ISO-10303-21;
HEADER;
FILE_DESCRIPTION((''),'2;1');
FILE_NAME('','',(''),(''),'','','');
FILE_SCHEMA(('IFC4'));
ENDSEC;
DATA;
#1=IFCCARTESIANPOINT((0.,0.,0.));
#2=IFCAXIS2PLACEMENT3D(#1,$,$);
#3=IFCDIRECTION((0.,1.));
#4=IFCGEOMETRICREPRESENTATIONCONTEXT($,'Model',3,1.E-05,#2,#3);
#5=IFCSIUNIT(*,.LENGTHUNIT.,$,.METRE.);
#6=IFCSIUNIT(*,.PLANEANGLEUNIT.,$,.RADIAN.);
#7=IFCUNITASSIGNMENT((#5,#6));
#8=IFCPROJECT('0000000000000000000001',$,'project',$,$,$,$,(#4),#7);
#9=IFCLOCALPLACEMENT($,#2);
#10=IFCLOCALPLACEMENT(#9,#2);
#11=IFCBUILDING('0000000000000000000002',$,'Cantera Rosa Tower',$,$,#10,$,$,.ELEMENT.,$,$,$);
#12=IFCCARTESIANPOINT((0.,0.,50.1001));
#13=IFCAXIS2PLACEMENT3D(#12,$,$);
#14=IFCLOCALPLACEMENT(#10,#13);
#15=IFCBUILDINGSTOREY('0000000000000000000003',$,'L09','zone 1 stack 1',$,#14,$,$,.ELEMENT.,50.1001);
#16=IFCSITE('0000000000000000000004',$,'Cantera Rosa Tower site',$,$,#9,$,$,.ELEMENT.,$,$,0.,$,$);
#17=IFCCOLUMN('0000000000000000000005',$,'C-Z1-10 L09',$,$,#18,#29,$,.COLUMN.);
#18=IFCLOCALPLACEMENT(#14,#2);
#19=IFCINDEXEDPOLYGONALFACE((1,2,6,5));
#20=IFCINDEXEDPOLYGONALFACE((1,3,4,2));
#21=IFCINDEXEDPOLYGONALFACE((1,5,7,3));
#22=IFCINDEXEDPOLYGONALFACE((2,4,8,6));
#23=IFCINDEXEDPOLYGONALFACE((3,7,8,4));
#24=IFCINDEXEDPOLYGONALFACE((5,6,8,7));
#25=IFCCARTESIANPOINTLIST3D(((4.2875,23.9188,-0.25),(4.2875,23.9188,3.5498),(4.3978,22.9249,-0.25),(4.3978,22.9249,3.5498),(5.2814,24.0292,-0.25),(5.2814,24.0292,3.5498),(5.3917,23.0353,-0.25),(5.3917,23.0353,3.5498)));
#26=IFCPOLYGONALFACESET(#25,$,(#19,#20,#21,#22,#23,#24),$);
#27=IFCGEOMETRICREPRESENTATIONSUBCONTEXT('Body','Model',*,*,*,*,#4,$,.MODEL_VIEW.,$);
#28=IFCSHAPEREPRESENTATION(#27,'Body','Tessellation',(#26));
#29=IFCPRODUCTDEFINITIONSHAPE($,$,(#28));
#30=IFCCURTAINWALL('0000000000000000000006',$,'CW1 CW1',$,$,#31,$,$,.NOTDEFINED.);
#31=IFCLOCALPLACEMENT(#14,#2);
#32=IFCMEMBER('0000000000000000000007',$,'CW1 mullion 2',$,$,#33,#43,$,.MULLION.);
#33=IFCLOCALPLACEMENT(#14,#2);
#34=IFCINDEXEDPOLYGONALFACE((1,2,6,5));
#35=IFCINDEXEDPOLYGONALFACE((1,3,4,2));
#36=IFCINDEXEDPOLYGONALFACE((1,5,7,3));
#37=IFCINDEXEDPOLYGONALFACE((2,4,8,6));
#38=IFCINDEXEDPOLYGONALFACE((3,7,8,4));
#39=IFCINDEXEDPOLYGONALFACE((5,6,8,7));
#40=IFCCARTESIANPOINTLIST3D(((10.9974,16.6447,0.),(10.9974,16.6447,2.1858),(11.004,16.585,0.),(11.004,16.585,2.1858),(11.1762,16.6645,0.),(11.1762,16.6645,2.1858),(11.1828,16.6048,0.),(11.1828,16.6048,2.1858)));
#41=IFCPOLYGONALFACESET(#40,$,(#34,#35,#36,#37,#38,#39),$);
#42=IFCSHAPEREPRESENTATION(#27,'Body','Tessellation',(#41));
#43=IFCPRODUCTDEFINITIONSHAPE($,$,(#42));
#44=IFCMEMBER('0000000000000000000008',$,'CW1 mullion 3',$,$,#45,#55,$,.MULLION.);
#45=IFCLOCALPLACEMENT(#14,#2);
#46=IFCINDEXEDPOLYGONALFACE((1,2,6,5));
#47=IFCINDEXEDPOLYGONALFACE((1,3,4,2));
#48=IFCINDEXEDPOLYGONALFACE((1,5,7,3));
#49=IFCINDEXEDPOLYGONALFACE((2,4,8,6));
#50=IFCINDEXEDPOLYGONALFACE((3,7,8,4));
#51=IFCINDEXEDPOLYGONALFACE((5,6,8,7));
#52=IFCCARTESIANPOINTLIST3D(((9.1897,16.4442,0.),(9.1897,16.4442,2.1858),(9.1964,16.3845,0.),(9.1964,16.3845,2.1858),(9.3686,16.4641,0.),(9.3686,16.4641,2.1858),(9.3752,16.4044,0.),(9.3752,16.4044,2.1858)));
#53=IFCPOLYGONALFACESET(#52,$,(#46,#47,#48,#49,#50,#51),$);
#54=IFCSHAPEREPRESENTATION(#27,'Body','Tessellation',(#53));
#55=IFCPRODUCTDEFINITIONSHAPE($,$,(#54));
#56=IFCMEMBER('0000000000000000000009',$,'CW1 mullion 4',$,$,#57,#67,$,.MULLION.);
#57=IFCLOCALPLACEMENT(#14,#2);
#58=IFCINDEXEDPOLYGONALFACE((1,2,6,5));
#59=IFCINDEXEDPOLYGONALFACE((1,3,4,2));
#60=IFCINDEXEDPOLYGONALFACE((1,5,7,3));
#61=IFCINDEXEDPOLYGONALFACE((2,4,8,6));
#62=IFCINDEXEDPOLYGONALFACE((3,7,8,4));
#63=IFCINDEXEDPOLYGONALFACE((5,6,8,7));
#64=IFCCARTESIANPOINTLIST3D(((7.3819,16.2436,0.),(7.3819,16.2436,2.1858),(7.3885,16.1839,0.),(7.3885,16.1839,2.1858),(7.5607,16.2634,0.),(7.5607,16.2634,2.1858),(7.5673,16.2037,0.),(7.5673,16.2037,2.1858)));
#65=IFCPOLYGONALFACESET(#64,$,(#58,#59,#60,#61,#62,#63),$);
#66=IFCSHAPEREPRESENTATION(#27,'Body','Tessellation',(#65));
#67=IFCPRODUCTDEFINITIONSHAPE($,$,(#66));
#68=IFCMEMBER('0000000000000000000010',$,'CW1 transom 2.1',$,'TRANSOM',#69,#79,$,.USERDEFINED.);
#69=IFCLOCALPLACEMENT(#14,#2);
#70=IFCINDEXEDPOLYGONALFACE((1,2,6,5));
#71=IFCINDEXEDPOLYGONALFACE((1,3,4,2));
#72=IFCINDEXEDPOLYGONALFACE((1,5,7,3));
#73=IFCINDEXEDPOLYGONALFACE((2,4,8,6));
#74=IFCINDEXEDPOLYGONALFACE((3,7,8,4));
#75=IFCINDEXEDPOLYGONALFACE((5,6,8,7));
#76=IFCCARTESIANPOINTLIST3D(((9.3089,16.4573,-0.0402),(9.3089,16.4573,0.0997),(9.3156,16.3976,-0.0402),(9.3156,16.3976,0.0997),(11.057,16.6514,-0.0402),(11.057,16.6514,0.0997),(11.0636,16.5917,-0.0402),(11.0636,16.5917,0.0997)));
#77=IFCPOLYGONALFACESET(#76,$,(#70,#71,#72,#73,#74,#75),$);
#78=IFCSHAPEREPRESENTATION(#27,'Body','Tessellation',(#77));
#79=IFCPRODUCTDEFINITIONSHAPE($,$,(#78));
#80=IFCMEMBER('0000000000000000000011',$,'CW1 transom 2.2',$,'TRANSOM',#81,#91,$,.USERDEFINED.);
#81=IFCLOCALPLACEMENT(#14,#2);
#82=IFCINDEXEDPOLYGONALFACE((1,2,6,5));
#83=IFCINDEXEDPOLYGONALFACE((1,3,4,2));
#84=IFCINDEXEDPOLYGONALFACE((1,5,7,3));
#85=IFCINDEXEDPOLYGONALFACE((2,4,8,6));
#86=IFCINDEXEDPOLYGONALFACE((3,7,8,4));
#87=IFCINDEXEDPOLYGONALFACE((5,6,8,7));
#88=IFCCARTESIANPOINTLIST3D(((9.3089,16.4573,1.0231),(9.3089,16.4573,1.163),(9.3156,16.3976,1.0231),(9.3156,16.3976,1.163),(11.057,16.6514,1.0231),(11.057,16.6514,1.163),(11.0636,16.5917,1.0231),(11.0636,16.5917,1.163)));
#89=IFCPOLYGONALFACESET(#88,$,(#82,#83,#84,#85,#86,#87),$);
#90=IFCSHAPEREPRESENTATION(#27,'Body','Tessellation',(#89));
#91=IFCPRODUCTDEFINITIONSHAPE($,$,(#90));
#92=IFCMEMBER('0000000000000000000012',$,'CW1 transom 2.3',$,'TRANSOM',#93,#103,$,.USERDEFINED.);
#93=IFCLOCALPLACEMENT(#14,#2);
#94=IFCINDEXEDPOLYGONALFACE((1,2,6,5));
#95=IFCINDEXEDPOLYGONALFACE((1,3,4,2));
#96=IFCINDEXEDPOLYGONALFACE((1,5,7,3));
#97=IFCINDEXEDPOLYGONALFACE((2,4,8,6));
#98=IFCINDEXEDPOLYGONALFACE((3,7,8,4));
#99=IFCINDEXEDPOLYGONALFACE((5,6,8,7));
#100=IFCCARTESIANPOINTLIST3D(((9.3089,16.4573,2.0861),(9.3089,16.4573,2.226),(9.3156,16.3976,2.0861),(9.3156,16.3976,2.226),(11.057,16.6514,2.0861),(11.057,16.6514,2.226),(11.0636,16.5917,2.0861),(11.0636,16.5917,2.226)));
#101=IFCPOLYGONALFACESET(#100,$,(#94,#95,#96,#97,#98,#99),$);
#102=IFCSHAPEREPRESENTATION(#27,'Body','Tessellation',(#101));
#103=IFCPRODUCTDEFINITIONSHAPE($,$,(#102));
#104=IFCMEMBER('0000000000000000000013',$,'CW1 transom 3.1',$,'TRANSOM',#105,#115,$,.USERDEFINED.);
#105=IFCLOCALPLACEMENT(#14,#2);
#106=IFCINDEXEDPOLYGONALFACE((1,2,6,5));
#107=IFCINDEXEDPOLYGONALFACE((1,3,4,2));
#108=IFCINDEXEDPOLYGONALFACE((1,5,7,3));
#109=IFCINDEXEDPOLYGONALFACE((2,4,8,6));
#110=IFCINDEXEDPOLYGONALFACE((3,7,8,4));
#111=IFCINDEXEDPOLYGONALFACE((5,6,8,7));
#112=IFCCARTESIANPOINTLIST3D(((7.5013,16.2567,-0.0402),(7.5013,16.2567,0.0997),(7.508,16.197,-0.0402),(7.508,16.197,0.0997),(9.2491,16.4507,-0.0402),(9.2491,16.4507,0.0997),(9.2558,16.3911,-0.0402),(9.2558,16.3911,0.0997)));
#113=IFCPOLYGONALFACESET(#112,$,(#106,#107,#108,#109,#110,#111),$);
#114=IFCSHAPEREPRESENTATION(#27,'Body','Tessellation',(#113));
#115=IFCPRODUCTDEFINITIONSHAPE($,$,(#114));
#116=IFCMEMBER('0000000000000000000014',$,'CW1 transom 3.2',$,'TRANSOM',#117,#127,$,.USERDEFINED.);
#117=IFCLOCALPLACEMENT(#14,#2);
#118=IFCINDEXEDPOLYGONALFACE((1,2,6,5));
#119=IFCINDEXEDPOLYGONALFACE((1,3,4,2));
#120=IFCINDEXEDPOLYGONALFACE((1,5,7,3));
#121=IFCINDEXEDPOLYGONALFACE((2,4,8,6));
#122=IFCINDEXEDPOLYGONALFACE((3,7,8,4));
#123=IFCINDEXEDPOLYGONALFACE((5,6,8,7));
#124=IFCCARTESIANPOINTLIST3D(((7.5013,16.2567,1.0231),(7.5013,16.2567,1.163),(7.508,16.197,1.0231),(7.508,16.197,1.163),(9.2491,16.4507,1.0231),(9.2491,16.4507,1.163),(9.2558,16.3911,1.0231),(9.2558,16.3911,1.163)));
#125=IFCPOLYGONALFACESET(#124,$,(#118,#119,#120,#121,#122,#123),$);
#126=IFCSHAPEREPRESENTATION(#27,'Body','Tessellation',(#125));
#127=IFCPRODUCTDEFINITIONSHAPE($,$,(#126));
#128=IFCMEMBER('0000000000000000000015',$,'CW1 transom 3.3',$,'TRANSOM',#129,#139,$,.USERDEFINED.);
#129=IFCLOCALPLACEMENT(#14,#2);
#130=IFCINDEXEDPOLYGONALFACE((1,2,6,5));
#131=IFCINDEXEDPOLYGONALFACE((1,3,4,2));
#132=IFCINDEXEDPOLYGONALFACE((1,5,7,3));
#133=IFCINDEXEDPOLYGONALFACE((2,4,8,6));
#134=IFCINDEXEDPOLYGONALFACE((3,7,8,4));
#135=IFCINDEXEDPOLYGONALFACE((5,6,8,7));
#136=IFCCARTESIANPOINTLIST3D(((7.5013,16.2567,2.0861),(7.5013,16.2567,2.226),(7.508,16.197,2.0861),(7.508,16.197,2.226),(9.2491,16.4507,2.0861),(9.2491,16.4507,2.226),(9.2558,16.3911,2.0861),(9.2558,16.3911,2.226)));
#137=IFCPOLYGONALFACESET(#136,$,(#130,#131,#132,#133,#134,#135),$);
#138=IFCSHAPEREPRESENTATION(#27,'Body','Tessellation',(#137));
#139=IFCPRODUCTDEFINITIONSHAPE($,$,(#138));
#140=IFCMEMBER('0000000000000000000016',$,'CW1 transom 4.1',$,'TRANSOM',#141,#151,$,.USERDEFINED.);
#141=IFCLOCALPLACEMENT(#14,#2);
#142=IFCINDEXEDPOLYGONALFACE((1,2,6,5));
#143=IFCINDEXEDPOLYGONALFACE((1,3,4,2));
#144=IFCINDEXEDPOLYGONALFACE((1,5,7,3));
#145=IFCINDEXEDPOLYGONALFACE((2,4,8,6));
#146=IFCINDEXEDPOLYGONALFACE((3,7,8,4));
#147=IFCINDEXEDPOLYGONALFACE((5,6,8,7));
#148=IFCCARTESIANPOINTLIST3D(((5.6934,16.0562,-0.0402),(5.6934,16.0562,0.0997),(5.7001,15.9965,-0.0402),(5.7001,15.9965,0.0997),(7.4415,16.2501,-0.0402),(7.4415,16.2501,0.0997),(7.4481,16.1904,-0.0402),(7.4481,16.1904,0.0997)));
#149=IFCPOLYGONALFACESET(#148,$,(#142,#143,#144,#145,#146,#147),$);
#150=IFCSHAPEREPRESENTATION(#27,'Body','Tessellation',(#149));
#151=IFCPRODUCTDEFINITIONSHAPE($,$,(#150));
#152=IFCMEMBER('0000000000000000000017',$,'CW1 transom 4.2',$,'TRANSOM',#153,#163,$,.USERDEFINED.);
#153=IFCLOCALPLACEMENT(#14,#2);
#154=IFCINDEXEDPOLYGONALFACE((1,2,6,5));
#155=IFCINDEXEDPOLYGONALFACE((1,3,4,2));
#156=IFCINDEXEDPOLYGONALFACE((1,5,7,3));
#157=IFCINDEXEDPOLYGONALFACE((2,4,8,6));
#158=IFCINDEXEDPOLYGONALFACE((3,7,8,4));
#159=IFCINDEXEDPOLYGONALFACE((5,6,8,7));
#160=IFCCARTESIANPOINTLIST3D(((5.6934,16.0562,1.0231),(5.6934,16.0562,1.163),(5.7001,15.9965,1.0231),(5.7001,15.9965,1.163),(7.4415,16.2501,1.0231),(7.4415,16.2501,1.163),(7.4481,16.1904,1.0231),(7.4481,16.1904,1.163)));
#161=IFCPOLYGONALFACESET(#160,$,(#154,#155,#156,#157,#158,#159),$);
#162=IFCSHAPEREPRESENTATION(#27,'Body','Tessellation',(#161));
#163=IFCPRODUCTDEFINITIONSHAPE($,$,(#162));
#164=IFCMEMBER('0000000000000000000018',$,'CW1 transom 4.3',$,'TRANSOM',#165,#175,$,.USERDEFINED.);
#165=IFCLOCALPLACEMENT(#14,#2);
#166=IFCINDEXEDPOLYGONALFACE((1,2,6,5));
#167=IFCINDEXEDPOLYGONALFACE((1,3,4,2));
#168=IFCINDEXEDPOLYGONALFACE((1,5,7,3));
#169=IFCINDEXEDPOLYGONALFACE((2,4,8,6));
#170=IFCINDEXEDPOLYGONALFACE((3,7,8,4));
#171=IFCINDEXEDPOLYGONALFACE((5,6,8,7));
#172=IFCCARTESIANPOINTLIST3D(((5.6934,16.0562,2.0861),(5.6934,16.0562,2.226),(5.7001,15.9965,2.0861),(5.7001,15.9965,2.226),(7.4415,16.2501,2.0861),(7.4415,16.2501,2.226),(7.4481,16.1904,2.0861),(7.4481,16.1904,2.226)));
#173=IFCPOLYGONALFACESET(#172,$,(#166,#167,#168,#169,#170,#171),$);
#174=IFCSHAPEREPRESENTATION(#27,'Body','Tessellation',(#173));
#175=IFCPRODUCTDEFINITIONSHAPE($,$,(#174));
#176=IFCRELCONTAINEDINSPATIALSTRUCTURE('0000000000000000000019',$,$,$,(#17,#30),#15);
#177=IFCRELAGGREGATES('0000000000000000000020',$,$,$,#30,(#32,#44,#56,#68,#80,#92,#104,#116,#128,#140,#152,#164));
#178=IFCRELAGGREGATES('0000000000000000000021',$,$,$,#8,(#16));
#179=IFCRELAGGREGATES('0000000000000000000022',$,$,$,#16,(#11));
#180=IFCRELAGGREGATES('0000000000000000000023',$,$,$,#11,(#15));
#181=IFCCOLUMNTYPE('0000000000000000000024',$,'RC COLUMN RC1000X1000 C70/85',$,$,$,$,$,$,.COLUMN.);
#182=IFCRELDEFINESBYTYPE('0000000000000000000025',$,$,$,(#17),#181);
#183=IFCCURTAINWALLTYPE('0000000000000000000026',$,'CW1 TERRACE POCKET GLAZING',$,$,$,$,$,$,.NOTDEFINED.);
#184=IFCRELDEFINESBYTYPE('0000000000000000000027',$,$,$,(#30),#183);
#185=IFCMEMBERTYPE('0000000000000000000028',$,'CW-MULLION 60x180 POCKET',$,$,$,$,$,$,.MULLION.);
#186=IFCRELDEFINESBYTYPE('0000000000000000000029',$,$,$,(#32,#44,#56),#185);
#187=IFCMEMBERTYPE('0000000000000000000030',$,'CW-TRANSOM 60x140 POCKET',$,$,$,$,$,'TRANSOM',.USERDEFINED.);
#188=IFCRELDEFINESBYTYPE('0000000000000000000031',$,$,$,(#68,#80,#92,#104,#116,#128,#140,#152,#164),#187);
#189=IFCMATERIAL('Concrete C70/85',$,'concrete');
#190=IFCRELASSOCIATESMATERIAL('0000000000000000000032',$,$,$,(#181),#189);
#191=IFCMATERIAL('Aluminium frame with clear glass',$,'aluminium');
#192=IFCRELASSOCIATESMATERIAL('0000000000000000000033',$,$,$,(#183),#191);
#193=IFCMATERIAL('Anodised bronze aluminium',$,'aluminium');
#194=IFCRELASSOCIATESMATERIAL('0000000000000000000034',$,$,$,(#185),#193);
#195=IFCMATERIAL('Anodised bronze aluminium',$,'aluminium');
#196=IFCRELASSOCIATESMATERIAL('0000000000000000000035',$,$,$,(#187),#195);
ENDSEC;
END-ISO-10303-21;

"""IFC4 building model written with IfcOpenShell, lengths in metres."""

from ifc_helpers import new_model, si_unit, direction, frame, origin, origin_2d, place, context, subcontext, project, spatial, rectangle, extrude, material, material_profile, profile_set, type_object, element, aggregate, save


model = new_model("IFC4")

# Units and contexts
model_context = context("Model", 3, precision=1e-05, world=origin(), true_north=direction((0.0, 1.0)))
body_context = subcontext(model_context, "Body", "Model", "MODEL_VIEW")
ifc_project = project(units=[si_unit("LENGTHUNIT", "METRE"), si_unit("PLANEANGLEUNIT", "RADIAN")], contexts=[model_context])

# Site, building, storey
site_placement = place(None, origin())
site = spatial("IfcSite", under=ifc_project, at=site_placement, Name="Cantera Rosa Tower site", CompositionType="ELEMENT", RefElevation=0.0)
building_placement = place(site_placement, origin())
building = spatial("IfcBuilding", under=site, at=building_placement, Name="Cantera Rosa Tower", CompositionType="ELEMENT")
storey_placement = place(building_placement, frame((0.0, 0.0, 50.1001)))
storey = spatial("IfcBuildingStorey", under=building, at=storey_placement, Name="L09", Description="zone 1 stack 1", CompositionType="ELEMENT", Elevation=50.1001)

# Column
ifc_material_1 = material(Name="Concrete C70/85", Category="concrete")
ifc_material_profile_1 = material_profile(ifc_material_1, rectangle(XDim=1.0, YDim=1.0, at=origin_2d()), Name="RC COLUMN RC1000X1000 C70/85")
ifc_profile_set_1 = profile_set([ifc_material_profile_1], Name="Concrete C70/85")
column_type = type_object("IfcColumnType", Name="RC COLUMN RC1000X1000 C70/85", PredefinedType="COLUMN", material=ifc_profile_set_1)
column_placement = place(storey_placement, frame((4.8396, 23.4771, -0.25), z_axis=(0.0, 0.0, 1.0), x_axis=(0.993897, 0.110313, 0.0)))
element("IfcColumn", 1, at=column_placement, inside=storey, type_object=column_type, Name="C-Z1-10 L09", PredefinedType="COLUMN", context=body_context, shape_type="SweptSolid", body=[
    extrude(rectangle(XDim=1.0, YDim=1.0, at=origin_2d()), origin(), (0.0, 0.0, 1.0), 3.7998),
])

# Curtain wall, members
ifc_material_2 = material(Name="Aluminium frame with clear glass", Category="aluminium")
curtain_wall_type = type_object("IfcCurtainWallType", Name="CW1 TERRACE POCKET GLAZING", PredefinedType="NOTDEFINED", material=ifc_material_2)
curtain_wall_placement = place(storey_placement, origin())
curtain_wall = element("IfcCurtainWall", 2, at=curtain_wall_placement, inside=storey, type_object=curtain_wall_type, Name="CW1 CW1", PredefinedType="NOTDEFINED")
ifc_material_3 = material(Name="Anodised bronze aluminium", Category="aluminium")
ifc_material_profile_2 = material_profile(ifc_material_3, rectangle(XDim=0.0601, YDim=0.1799, at=origin_2d()), Name="CW-MULLION 60x180 POCKET")
ifc_profile_set_2 = profile_set([ifc_material_profile_2], Name="Anodised bronze aluminium")
member_type_1 = type_object("IfcMemberType", Name="CW-MULLION 60x180 POCKET", PredefinedType="MULLION", material=ifc_profile_set_2)
member_1_placement = place(storey_placement, frame((11.0901, 16.6248, 0.0), z_axis=(0.0, 0.0, 1.0), x_axis=(0.110313, -0.993897, 0.0)))
member_1 = element("IfcMember", 3, at=member_1_placement, type_object=member_type_1, Name="CW1 mullion 2", PredefinedType="MULLION", context=body_context, shape_type="SweptSolid", body=[
    extrude(rectangle(XDim=0.0601, YDim=0.1799, at=origin_2d()), origin(), (0.0, 0.0, 1.0), 2.1858),
])
member_2_placement = place(storey_placement, frame((9.2825, 16.4243, 0.0), z_axis=(0.0, 0.0, 1.0), x_axis=(0.110313, -0.993897, 0.0)))
member_2 = element("IfcMember", 4, at=member_2_placement, type_object=member_type_1, Name="CW1 mullion 3", PredefinedType="MULLION", context=body_context, shape_type="SweptSolid", body=[
    extrude(rectangle(XDim=0.0601, YDim=0.1799, at=origin_2d()), origin(), (0.0, 0.0, 1.0), 2.1858),
])
member_3_placement = place(storey_placement, frame((7.4746, 16.2236, 0.0), z_axis=(0.0, 0.0, 1.0), x_axis=(0.110313, -0.993897, 0.0)))
member_3 = element("IfcMember", 5, at=member_3_placement, type_object=member_type_1, Name="CW1 mullion 4", PredefinedType="MULLION", context=body_context, shape_type="SweptSolid", body=[
    extrude(rectangle(XDim=0.0601, YDim=0.1799, at=origin_2d()), origin(), (0.0, 0.0, 1.0), 2.1858),
])
ifc_material_4 = material(Name="Anodised bronze aluminium", Category="aluminium")
ifc_material_profile_3 = material_profile(ifc_material_4, rectangle(XDim=0.0601, YDim=0.1399, at=origin_2d()), Name="CW-TRANSOM 60x140 POCKET")
ifc_profile_set_3 = profile_set([ifc_material_profile_3], Name="Anodised bronze aluminium")
member_type_2 = type_object("IfcMemberType", Name="CW-TRANSOM 60x140 POCKET", ElementType="TRANSOM", PredefinedType="USERDEFINED", material=ifc_profile_set_3)
member_4_placement = place(storey_placement, frame((11.0603, 16.6216, 0.0298), z_axis=(-0.993892, -0.110355, 0.0), x_axis=(0.110355, -0.993892, 0.0)))
member_4 = element("IfcMember", 6, at=member_4_placement, type_object=member_type_2, Name="CW1 transom 2.1", ObjectType="TRANSOM", PredefinedType="USERDEFINED", context=body_context, shape_type="SweptSolid", body=[
    extrude(rectangle(XDim=0.0601, YDim=0.1399, at=origin_2d()), origin(), (0.0, 0.0, 1.0), 1.7588),
])
member_5_placement = place(storey_placement, frame((11.0603, 16.6216, 1.093), z_axis=(-0.993892, -0.110355, 0.0), x_axis=(0.110355, -0.993892, 0.0)))
member_5 = element("IfcMember", 7, at=member_5_placement, type_object=member_type_2, Name="CW1 transom 2.2", ObjectType="TRANSOM", PredefinedType="USERDEFINED", context=body_context, shape_type="SweptSolid", body=[
    extrude(rectangle(XDim=0.0601, YDim=0.1399, at=origin_2d()), origin(), (0.0, 0.0, 1.0), 1.7588),
])
member_6_placement = place(storey_placement, frame((11.0603, 16.6216, 2.156), z_axis=(-0.993892, -0.110355, 0.0), x_axis=(0.110355, -0.993892, 0.0)))
member_6 = element("IfcMember", 8, at=member_6_placement, type_object=member_type_2, Name="CW1 transom 2.3", ObjectType="TRANSOM", PredefinedType="USERDEFINED", context=body_context, shape_type="SweptSolid", body=[
    extrude(rectangle(XDim=0.0601, YDim=0.1399, at=origin_2d()), origin(), (0.0, 0.0, 1.0), 1.7588),
])
member_7_placement = place(storey_placement, frame((9.2524, 16.4209, 0.0298), z_axis=(-0.993891, -0.110371, 0.0), x_axis=(0.110371, -0.993891, 0.0)))
member_7 = element("IfcMember", 9, at=member_7_placement, type_object=member_type_2, Name="CW1 transom 3.1", ObjectType="TRANSOM", PredefinedType="USERDEFINED", context=body_context, shape_type="SweptSolid", body=[
    extrude(rectangle(XDim=0.0601, YDim=0.1399, at=origin_2d()), origin(), (0.0, 0.0, 1.0), 1.7585),
])
member_8_placement = place(storey_placement, frame((9.2524, 16.4209, 1.093), z_axis=(-0.993891, -0.110371, 0.0), x_axis=(0.110371, -0.993891, 0.0)))
member_8 = element("IfcMember", 10, at=member_8_placement, type_object=member_type_2, Name="CW1 transom 3.2", ObjectType="TRANSOM", PredefinedType="USERDEFINED", context=body_context, shape_type="SweptSolid", body=[
    extrude(rectangle(XDim=0.0601, YDim=0.1399, at=origin_2d()), origin(), (0.0, 0.0, 1.0), 1.7585),
])
member_9_placement = place(storey_placement, frame((9.2524, 16.4209, 2.156), z_axis=(-0.993891, -0.110371, 0.0), x_axis=(0.110371, -0.993891, 0.0)))
member_9 = element("IfcMember", 11, at=member_9_placement, type_object=member_type_2, Name="CW1 transom 3.3", ObjectType="TRANSOM", PredefinedType="USERDEFINED", context=body_context, shape_type="SweptSolid", body=[
    extrude(rectangle(XDim=0.0601, YDim=0.1399, at=origin_2d()), origin(), (0.0, 0.0, 1.0), 1.7585),
])
member_10_placement = place(storey_placement, frame((7.4448, 16.2202, 0.0298), z_axis=(-0.993907, -0.110218, 0.0), x_axis=(0.110218, -0.993907, 0.0)))
member_10 = element("IfcMember", 12, at=member_10_placement, type_object=member_type_2, Name="CW1 transom 4.1", ObjectType="TRANSOM", PredefinedType="USERDEFINED", context=body_context, shape_type="SweptSolid", body=[
    extrude(rectangle(XDim=0.0601, YDim=0.1399, at=origin_2d()), origin(), (0.0, 0.0, 1.0), 1.7588),
])
member_11_placement = place(storey_placement, frame((7.4448, 16.2202, 1.093), z_axis=(-0.993907, -0.110218, 0.0), x_axis=(0.110218, -0.993907, 0.0)))
member_11 = element("IfcMember", 13, at=member_11_placement, type_object=member_type_2, Name="CW1 transom 4.2", ObjectType="TRANSOM", PredefinedType="USERDEFINED", context=body_context, shape_type="SweptSolid", body=[
    extrude(rectangle(XDim=0.0601, YDim=0.1399, at=origin_2d()), origin(), (0.0, 0.0, 1.0), 1.7588),
])
member_12_placement = place(storey_placement, frame((7.4448, 16.2202, 2.156), z_axis=(-0.993907, -0.110218, 0.0), x_axis=(0.110218, -0.993907, 0.0)))
member_12 = element("IfcMember", 14, at=member_12_placement, type_object=member_type_2, Name="CW1 transom 4.3", ObjectType="TRANSOM", PredefinedType="USERDEFINED", context=body_context, shape_type="SweptSolid", body=[
    extrude(rectangle(XDim=0.0601, YDim=0.1399, at=origin_2d()), origin(), (0.0, 0.0, 1.0), 1.7588),
])

aggregate(curtain_wall, [member_1, member_2, member_3, member_4, member_5, member_6, member_7, member_8, member_9, member_10, member_11, member_12])

save(model, "model.ifc")
